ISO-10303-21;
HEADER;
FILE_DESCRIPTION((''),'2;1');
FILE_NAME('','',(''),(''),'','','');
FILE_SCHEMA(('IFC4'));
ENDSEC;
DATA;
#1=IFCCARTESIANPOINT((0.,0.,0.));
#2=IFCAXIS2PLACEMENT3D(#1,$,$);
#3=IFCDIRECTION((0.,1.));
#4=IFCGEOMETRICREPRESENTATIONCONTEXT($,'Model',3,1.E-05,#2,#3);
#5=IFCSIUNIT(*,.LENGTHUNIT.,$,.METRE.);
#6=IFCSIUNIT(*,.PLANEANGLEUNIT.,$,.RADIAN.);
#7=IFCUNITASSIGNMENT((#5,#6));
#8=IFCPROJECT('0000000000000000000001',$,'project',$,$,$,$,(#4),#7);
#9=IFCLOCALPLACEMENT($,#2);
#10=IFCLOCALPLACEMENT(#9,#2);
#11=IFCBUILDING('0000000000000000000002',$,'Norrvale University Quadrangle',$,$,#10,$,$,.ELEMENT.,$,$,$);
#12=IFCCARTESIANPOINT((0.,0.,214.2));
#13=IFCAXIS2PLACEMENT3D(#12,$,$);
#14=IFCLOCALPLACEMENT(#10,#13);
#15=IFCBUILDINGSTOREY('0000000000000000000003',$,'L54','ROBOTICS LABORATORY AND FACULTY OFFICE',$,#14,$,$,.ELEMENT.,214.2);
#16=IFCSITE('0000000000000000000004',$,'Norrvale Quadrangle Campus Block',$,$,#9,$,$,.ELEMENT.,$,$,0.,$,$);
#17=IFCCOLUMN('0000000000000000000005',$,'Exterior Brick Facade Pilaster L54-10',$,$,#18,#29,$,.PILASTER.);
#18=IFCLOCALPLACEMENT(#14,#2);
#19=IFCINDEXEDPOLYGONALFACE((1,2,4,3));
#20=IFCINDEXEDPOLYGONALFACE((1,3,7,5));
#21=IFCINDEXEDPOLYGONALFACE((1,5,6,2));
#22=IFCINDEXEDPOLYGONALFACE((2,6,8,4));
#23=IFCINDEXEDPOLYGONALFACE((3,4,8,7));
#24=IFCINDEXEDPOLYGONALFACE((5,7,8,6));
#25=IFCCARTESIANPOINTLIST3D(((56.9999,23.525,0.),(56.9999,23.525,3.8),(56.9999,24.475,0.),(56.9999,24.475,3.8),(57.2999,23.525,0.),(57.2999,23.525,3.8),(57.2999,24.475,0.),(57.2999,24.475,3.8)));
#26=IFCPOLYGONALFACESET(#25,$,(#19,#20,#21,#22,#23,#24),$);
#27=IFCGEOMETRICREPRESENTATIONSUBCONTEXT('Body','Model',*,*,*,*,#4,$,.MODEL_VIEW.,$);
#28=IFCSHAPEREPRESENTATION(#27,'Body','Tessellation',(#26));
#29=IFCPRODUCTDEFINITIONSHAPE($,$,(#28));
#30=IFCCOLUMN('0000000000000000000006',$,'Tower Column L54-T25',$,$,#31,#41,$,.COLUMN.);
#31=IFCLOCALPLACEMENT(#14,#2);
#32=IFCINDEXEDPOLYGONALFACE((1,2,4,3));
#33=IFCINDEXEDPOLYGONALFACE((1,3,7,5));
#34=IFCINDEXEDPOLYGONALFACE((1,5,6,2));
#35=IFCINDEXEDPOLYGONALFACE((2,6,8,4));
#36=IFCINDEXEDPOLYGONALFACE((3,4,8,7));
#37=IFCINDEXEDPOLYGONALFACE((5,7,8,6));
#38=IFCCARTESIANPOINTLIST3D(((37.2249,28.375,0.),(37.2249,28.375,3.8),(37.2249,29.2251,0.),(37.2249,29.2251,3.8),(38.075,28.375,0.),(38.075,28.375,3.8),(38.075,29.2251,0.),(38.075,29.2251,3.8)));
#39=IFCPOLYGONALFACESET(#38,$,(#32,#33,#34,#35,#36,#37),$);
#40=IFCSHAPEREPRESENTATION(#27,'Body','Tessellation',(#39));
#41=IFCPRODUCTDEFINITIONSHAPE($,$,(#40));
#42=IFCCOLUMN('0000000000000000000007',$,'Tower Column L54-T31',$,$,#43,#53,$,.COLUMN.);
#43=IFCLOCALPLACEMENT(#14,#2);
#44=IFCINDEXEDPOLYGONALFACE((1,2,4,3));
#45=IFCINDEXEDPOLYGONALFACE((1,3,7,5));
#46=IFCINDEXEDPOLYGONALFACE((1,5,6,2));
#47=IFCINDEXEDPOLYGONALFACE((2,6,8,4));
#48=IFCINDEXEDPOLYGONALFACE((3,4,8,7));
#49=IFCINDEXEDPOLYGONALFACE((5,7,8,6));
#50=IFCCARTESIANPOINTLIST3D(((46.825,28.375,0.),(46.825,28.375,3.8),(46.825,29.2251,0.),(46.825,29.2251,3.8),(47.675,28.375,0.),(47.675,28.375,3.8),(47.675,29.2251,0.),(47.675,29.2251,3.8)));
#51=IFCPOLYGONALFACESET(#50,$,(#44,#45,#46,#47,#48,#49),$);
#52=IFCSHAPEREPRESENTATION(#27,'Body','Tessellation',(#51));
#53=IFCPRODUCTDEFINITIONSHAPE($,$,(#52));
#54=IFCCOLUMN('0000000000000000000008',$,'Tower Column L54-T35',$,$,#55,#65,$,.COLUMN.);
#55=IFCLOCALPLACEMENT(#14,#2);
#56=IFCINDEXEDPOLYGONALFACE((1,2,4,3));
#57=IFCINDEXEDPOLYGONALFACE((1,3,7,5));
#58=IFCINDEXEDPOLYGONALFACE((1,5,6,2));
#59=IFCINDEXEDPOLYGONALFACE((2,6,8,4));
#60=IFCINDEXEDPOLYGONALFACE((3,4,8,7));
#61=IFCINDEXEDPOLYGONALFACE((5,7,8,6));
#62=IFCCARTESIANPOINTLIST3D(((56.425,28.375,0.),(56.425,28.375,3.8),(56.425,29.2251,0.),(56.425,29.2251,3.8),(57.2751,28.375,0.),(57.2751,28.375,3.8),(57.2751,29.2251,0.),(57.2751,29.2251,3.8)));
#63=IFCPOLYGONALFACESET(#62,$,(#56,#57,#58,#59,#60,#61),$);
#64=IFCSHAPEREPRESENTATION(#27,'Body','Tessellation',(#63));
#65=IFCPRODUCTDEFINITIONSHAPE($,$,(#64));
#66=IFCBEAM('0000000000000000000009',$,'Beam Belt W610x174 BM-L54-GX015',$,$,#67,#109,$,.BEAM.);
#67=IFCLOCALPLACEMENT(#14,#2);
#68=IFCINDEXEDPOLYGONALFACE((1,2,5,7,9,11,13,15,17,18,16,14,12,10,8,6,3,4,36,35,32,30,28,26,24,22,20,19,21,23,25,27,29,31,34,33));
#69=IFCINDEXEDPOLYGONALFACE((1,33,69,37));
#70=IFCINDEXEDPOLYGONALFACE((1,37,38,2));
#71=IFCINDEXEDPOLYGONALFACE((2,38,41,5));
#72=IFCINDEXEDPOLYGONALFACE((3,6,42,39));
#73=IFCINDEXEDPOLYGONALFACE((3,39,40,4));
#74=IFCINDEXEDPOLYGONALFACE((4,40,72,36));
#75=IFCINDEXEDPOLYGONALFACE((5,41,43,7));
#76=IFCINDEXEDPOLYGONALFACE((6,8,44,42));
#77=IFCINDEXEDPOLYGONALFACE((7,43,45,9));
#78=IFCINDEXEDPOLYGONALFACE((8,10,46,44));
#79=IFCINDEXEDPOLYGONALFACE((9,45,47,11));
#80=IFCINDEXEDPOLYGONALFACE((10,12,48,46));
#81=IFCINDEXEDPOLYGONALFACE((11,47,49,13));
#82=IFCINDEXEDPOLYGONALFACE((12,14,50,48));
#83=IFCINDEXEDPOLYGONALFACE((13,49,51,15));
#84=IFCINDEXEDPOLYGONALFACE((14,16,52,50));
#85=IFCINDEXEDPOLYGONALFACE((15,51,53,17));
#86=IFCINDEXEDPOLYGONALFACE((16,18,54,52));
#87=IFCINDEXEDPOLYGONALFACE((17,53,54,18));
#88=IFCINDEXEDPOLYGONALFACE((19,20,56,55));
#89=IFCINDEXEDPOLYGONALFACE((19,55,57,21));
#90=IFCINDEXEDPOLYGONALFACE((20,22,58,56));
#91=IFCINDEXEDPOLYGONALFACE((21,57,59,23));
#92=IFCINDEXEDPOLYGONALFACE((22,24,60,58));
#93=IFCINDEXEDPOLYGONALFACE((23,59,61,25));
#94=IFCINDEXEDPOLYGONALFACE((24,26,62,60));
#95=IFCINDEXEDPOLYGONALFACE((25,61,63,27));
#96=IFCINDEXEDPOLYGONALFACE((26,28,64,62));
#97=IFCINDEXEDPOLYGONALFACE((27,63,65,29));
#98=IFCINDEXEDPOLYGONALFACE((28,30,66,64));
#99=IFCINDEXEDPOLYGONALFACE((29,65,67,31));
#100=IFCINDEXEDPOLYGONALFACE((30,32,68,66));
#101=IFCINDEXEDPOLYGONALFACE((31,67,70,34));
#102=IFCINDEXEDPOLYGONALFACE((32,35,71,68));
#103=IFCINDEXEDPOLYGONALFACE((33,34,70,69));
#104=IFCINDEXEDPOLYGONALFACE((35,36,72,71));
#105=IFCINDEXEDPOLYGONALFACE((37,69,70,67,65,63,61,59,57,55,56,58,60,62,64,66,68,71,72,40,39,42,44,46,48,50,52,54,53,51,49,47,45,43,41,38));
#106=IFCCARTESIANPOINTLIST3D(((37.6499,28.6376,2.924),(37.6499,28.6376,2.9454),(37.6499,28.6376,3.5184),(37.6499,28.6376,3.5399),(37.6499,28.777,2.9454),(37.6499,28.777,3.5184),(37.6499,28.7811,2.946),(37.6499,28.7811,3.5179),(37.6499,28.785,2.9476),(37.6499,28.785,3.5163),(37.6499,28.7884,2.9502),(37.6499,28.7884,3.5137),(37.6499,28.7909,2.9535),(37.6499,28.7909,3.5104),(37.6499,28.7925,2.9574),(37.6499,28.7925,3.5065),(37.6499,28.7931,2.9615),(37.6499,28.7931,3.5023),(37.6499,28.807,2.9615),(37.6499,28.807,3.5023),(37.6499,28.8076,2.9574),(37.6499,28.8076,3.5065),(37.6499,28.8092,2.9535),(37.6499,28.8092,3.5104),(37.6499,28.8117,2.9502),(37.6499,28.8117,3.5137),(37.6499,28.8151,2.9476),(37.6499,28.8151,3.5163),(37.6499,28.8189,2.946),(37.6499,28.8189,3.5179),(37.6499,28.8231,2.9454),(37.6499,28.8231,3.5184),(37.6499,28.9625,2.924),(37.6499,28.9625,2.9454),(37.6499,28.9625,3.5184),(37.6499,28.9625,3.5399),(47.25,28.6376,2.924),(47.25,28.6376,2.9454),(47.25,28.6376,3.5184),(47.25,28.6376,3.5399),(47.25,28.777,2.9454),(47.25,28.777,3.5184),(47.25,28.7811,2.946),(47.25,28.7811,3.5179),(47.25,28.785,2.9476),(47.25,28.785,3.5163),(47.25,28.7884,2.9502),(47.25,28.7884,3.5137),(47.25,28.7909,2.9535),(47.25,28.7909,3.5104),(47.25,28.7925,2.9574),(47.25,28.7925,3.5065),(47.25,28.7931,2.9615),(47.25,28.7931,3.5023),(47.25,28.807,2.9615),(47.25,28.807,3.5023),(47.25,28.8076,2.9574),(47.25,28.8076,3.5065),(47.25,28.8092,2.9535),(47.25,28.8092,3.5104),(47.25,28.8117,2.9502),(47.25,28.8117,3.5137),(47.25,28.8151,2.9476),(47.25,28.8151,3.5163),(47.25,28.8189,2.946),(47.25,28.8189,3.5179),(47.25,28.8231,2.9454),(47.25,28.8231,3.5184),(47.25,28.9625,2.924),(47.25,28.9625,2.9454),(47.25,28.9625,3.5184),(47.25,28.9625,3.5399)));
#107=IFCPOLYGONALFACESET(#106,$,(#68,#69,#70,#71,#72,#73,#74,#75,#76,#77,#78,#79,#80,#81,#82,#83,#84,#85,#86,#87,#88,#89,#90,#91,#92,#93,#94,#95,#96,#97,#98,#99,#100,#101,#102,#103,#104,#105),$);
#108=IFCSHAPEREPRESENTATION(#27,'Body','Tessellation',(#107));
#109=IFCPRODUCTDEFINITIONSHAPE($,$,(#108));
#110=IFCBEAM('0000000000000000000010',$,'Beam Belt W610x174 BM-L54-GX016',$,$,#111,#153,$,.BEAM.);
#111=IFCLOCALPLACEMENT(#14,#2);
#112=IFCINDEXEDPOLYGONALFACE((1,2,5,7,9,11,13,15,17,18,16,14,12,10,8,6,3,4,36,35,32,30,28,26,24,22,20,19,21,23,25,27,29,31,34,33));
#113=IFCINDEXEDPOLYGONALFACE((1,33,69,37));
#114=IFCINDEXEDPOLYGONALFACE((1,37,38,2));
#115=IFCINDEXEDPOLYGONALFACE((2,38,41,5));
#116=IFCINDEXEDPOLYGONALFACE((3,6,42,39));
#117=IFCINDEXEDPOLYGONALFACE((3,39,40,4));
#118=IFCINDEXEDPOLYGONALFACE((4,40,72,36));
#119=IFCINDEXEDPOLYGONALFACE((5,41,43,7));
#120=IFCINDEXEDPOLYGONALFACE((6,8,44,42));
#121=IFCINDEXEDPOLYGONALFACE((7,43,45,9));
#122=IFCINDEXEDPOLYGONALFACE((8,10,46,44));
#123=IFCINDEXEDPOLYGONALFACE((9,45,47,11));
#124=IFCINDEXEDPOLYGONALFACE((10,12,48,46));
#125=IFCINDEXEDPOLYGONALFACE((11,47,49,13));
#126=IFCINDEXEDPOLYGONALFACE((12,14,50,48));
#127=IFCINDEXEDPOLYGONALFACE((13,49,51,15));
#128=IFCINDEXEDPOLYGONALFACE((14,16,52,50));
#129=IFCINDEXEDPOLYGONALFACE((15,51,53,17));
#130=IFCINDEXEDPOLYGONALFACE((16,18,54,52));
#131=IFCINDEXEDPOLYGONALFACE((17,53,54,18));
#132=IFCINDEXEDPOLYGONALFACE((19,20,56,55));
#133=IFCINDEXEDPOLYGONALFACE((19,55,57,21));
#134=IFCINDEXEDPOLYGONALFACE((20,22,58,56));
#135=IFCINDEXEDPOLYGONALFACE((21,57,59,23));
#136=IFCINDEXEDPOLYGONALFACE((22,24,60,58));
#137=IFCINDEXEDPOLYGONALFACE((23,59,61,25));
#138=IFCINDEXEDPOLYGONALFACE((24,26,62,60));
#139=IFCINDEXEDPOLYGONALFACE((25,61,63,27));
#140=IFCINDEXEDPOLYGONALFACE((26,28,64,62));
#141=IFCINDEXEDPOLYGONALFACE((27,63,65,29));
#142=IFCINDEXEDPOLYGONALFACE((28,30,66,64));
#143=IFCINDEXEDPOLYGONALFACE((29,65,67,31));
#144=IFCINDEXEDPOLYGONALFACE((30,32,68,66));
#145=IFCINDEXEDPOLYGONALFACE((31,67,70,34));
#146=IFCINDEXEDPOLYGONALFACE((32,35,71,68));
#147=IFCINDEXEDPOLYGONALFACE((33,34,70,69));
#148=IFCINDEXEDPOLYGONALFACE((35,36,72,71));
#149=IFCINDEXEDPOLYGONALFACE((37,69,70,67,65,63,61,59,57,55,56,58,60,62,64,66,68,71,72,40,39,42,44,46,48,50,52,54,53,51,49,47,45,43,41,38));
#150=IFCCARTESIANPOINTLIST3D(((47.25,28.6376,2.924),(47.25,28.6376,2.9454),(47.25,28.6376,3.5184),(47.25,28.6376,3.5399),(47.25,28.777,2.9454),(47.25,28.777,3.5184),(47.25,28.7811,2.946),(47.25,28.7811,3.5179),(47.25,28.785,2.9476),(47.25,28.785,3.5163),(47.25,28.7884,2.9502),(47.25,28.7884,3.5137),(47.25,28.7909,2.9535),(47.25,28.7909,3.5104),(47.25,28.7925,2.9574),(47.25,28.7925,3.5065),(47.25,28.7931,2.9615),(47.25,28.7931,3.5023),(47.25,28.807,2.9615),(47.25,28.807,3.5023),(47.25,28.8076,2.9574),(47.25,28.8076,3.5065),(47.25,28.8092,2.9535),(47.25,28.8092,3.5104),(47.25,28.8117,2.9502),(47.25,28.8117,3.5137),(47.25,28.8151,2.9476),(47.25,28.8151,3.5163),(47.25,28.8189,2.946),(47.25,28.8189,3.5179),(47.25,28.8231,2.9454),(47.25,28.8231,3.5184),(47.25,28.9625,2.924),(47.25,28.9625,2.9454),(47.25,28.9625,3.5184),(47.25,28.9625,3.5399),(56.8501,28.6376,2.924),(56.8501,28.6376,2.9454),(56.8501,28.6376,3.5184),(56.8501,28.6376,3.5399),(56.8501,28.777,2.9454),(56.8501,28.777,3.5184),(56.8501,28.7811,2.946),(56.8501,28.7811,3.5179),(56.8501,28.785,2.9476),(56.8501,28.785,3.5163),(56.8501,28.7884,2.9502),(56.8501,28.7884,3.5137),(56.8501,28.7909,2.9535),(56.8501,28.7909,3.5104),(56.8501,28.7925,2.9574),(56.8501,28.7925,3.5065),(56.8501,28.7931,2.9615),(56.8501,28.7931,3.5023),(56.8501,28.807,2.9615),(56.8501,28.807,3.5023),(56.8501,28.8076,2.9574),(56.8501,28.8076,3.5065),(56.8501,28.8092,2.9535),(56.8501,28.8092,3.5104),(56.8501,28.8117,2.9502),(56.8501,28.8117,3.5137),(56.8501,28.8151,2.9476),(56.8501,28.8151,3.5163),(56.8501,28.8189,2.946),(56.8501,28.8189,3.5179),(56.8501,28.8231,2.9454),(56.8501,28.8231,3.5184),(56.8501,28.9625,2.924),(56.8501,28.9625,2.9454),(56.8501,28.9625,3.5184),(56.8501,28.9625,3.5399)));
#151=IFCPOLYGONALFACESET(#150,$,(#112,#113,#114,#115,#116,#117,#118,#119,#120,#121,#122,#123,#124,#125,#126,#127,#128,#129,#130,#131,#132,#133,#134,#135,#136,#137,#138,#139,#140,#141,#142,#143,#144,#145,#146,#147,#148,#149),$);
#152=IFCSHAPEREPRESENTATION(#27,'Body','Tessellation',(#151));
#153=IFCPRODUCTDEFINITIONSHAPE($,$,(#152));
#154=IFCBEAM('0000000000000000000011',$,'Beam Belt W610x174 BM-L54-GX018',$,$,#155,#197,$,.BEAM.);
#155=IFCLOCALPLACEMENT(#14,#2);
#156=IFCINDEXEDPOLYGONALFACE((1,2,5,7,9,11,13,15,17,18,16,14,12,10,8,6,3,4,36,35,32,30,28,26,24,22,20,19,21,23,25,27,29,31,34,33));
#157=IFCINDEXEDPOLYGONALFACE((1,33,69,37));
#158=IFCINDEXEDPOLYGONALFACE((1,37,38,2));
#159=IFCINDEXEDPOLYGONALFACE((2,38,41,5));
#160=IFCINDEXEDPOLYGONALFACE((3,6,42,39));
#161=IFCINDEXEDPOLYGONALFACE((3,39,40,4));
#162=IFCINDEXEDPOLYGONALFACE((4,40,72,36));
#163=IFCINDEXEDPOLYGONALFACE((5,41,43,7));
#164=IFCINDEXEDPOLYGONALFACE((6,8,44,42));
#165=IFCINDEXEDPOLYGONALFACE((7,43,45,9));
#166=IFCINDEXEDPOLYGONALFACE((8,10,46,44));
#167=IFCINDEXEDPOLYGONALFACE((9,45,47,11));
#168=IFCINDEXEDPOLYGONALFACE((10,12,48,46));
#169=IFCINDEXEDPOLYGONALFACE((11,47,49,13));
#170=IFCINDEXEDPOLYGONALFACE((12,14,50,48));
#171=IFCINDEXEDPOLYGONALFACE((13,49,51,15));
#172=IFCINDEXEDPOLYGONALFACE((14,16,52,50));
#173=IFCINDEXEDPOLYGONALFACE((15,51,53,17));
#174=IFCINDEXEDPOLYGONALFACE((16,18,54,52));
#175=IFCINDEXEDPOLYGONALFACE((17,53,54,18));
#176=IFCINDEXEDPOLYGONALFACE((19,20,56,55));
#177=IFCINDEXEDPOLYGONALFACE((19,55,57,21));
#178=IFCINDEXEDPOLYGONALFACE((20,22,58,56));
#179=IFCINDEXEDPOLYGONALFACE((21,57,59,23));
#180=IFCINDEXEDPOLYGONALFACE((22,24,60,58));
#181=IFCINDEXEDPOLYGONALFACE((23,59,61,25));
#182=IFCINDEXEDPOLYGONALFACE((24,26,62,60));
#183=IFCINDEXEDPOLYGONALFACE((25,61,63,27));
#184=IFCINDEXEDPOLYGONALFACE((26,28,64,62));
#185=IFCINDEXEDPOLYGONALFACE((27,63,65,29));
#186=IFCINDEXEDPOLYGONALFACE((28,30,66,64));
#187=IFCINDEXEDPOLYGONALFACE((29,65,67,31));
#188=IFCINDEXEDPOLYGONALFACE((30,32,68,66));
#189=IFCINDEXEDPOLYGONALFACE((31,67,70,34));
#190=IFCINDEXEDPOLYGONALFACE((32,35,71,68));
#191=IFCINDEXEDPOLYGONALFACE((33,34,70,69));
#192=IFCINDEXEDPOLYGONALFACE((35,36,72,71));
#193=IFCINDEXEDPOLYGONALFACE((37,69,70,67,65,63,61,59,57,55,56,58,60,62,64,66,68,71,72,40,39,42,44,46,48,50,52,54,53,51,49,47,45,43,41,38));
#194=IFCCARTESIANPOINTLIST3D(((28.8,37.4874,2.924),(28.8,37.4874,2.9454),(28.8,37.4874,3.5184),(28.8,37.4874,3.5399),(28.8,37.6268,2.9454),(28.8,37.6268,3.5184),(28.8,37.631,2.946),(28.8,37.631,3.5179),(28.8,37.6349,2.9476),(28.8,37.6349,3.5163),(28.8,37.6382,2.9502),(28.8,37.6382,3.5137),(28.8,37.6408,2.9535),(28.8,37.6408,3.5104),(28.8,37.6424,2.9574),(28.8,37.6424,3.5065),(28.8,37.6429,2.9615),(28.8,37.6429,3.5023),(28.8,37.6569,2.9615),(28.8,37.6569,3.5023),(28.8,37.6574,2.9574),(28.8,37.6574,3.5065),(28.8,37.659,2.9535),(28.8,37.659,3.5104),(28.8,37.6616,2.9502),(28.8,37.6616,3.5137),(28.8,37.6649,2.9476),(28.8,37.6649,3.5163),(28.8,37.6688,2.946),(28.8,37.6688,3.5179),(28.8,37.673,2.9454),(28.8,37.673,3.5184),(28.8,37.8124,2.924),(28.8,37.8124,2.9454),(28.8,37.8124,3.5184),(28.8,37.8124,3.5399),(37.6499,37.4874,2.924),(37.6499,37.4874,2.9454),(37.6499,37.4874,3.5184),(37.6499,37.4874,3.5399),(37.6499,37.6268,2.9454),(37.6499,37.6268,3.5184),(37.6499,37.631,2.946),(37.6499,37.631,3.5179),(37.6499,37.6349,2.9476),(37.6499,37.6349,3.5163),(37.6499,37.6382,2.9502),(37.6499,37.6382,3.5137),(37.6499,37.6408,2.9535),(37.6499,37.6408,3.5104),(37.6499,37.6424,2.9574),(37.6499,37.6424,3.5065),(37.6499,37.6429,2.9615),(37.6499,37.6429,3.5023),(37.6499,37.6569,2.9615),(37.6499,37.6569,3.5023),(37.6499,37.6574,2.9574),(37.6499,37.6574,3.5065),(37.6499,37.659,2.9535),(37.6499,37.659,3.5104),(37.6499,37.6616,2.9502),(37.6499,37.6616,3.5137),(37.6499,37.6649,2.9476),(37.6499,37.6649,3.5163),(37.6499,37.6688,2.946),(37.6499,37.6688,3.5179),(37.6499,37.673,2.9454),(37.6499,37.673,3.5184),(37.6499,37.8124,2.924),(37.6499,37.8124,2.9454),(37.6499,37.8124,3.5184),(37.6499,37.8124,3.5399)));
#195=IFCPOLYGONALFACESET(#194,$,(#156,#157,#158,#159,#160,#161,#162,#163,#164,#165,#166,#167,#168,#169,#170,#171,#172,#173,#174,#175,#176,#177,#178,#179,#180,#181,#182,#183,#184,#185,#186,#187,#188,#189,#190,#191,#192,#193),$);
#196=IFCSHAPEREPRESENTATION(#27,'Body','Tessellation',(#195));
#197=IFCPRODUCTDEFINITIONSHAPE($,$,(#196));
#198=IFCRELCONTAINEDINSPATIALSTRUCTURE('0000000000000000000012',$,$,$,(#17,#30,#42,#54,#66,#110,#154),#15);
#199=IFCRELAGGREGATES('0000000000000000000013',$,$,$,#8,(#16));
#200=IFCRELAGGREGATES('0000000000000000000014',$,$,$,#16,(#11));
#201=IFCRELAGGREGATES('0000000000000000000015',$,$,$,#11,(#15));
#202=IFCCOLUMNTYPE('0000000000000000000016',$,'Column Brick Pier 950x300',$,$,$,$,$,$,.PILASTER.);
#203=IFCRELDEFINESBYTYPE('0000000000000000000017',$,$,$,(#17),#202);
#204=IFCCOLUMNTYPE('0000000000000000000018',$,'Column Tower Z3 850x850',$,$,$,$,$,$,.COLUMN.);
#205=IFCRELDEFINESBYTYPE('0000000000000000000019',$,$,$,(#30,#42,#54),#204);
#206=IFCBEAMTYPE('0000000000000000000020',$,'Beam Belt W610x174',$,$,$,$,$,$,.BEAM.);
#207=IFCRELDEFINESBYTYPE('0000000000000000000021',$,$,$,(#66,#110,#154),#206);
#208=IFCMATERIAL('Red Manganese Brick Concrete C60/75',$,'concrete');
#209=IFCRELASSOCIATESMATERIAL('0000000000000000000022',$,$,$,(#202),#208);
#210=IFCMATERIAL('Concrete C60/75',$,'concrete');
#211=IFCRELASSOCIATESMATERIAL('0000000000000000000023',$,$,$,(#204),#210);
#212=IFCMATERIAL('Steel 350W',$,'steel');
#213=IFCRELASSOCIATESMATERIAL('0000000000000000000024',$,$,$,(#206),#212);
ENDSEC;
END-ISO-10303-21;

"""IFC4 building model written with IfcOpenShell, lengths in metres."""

from ifc_helpers import new_model, si_unit, direction, frame, origin, origin_2d, place, context, subcontext, project, spatial, rectangle, i_section, extrude, material, material_profile, profile_set, type_object, element, save


model = new_model("IFC4")

# Units and contexts
model_context = context("Model", 3, precision=1e-05, world=origin(), true_north=direction((0.0, 1.0)))
body_context = subcontext(model_context, "Body", "Model", "MODEL_VIEW")
ifc_project = project(units=[si_unit("LENGTHUNIT", "METRE"), si_unit("PLANEANGLEUNIT", "RADIAN")], contexts=[model_context])

# Site, building, storey
site_placement = place(None, origin())
site = spatial("IfcSite", under=ifc_project, at=site_placement, Name="Norrvale Quadrangle Campus Block", CompositionType="ELEMENT", RefElevation=0.0)
building_placement = place(site_placement, origin())
building = spatial("IfcBuilding", under=site, at=building_placement, Name="Norrvale University Quadrangle", CompositionType="ELEMENT")
storey_placement = place(building_placement, frame((0.0, 0.0, 214.2)))
storey = spatial("IfcBuildingStorey", under=building, at=storey_placement, Name="L54", Description="ROBOTICS LABORATORY AND FACULTY OFFICE", CompositionType="ELEMENT", Elevation=214.2)

# Columns
ifc_material_1 = material(Name="Red Manganese Brick Concrete C60/75", Category="concrete")
ifc_material_profile_1 = material_profile(ifc_material_1, rectangle(XDim=0.95, YDim=0.3, at=origin_2d()), Name="Red Manganese Brick Concrete C60/75")
ifc_profile_set_1 = profile_set([ifc_material_profile_1], Name="Red Manganese Brick Concrete C60/75")
column_type_1 = type_object("IfcColumnType", Name="Column Brick Pier 950x300", PredefinedType="PILASTER", material=ifc_profile_set_1)
column_placement = place(storey_placement, frame((57.1499, 24.0, 0.0), z_axis=(0.0, 0.0, 1.0), x_axis=(0.0, 1.0, 0.0)))
element("IfcColumn", 1, at=column_placement, inside=storey, type_object=column_type_1, Name="Exterior Brick Facade Pilaster L54-10", PredefinedType="PILASTER", context=body_context, shape_type="SweptSolid", body=[
    extrude(rectangle(XDim=0.95, YDim=0.3, at=origin_2d()), origin(), (0.0, 0.0, 1.0), 3.8),
])
ifc_material_2 = material(Name="Concrete C60/75", Category="concrete")
ifc_material_profile_2 = material_profile(ifc_material_2, rectangle(XDim=0.8501, YDim=0.8501, at=origin_2d()), Name="Concrete C60/75")
ifc_profile_set_2 = profile_set([ifc_material_profile_2], Name="Concrete C60/75")
column_type_2 = type_object("IfcColumnType", Name="Column Tower Z3 850x850", PredefinedType="COLUMN", material=ifc_profile_set_2)
for number, where, z_axis, x_axis, name in (
    (2, (37.6499, 28.8, 0.0), (0.0, 0.0, 1.0), (1.0, 0.0, 0.0), "Tower Column L54-T25"),
    (3, (47.25, 28.8, 0.0), (0.0, 0.0, 1.0), (1.0, 0.0, 0.0), "Tower Column L54-T31"),
    (4, (56.8501, 28.8, 0.0), (0.0, 0.0, 1.0), (1.0, 0.0, 0.0), "Tower Column L54-T35"),
):
    element("IfcColumn", number, at=place(storey_placement, frame(where, z_axis=z_axis, x_axis=x_axis)), inside=storey, type_object=column_type_2, Name=name, PredefinedType="COLUMN", context=body_context, shape_type="SweptSolid", body=[
        extrude(rectangle(XDim=0.8501, YDim=0.8501, at=origin_2d()), origin(), (0.0, 0.0, 1.0), 3.8),
    ])

# Beams
ifc_material_3 = material(Name="Steel 350W", Category="steel")
ifc_material_profile_3 = material_profile(ifc_material_3, i_section(OverallWidth=0.325, OverallDepth=0.616, WebThickness=0.0139, FlangeThickness=0.0215, FilletRadius=0.0161, at=origin_2d()), Name="Steel 350W")
ifc_profile_set_3 = profile_set([ifc_material_profile_3], Name="Steel 350W")
beam_type_1 = type_object("IfcBeamType", Name="Beam Belt W610x174", PredefinedType="BEAM", material=ifc_profile_set_3)
for number, where, z_axis, x_axis, name in (
    (5, (37.6499, 28.8, 3.2319), (1.0, 0.0, 0.0), (0.0, 1.0, 0.0), "Beam Belt W610x174 BM-L54-GX015"),
    (6, (47.25, 28.8, 3.2319), (1.0, 0.0, 0.0), (0.0, 1.0, 0.0), "Beam Belt W610x174 BM-L54-GX016"),
):
    element("IfcBeam", number, at=place(storey_placement, frame(where, z_axis=z_axis, x_axis=x_axis)), inside=storey, type_object=beam_type_1, Name=name, PredefinedType="BEAM", context=body_context, shape_type="SweptSolid", body=[
        extrude(i_section(OverallWidth=0.325, OverallDepth=0.616, WebThickness=0.0139, FlangeThickness=0.0215, FilletRadius=0.0161, at=origin_2d()), origin(), (0.0, 0.0, 1.0), 9.6001),
    ])
for number, where, z_axis, x_axis, name in (
    (7, (28.8, 37.6499, 3.2319), (1.0, 0.0, 0.0), (0.0, 1.0, 0.0), "Beam Belt W610x174 BM-L54-GX018"),
):
    element("IfcBeam", number, at=place(storey_placement, frame(where, z_axis=z_axis, x_axis=x_axis)), inside=storey, type_object=beam_type_1, Name=name, PredefinedType="BEAM", context=body_context, shape_type="SweptSolid", body=[
        extrude(i_section(OverallWidth=0.325, OverallDepth=0.616, WebThickness=0.0139, FlangeThickness=0.0215, FilletRadius=0.0161, at=origin_2d()), origin(), (0.0, 0.0, 1.0), 8.8499),
    ])

save(model, "model.ifc")
